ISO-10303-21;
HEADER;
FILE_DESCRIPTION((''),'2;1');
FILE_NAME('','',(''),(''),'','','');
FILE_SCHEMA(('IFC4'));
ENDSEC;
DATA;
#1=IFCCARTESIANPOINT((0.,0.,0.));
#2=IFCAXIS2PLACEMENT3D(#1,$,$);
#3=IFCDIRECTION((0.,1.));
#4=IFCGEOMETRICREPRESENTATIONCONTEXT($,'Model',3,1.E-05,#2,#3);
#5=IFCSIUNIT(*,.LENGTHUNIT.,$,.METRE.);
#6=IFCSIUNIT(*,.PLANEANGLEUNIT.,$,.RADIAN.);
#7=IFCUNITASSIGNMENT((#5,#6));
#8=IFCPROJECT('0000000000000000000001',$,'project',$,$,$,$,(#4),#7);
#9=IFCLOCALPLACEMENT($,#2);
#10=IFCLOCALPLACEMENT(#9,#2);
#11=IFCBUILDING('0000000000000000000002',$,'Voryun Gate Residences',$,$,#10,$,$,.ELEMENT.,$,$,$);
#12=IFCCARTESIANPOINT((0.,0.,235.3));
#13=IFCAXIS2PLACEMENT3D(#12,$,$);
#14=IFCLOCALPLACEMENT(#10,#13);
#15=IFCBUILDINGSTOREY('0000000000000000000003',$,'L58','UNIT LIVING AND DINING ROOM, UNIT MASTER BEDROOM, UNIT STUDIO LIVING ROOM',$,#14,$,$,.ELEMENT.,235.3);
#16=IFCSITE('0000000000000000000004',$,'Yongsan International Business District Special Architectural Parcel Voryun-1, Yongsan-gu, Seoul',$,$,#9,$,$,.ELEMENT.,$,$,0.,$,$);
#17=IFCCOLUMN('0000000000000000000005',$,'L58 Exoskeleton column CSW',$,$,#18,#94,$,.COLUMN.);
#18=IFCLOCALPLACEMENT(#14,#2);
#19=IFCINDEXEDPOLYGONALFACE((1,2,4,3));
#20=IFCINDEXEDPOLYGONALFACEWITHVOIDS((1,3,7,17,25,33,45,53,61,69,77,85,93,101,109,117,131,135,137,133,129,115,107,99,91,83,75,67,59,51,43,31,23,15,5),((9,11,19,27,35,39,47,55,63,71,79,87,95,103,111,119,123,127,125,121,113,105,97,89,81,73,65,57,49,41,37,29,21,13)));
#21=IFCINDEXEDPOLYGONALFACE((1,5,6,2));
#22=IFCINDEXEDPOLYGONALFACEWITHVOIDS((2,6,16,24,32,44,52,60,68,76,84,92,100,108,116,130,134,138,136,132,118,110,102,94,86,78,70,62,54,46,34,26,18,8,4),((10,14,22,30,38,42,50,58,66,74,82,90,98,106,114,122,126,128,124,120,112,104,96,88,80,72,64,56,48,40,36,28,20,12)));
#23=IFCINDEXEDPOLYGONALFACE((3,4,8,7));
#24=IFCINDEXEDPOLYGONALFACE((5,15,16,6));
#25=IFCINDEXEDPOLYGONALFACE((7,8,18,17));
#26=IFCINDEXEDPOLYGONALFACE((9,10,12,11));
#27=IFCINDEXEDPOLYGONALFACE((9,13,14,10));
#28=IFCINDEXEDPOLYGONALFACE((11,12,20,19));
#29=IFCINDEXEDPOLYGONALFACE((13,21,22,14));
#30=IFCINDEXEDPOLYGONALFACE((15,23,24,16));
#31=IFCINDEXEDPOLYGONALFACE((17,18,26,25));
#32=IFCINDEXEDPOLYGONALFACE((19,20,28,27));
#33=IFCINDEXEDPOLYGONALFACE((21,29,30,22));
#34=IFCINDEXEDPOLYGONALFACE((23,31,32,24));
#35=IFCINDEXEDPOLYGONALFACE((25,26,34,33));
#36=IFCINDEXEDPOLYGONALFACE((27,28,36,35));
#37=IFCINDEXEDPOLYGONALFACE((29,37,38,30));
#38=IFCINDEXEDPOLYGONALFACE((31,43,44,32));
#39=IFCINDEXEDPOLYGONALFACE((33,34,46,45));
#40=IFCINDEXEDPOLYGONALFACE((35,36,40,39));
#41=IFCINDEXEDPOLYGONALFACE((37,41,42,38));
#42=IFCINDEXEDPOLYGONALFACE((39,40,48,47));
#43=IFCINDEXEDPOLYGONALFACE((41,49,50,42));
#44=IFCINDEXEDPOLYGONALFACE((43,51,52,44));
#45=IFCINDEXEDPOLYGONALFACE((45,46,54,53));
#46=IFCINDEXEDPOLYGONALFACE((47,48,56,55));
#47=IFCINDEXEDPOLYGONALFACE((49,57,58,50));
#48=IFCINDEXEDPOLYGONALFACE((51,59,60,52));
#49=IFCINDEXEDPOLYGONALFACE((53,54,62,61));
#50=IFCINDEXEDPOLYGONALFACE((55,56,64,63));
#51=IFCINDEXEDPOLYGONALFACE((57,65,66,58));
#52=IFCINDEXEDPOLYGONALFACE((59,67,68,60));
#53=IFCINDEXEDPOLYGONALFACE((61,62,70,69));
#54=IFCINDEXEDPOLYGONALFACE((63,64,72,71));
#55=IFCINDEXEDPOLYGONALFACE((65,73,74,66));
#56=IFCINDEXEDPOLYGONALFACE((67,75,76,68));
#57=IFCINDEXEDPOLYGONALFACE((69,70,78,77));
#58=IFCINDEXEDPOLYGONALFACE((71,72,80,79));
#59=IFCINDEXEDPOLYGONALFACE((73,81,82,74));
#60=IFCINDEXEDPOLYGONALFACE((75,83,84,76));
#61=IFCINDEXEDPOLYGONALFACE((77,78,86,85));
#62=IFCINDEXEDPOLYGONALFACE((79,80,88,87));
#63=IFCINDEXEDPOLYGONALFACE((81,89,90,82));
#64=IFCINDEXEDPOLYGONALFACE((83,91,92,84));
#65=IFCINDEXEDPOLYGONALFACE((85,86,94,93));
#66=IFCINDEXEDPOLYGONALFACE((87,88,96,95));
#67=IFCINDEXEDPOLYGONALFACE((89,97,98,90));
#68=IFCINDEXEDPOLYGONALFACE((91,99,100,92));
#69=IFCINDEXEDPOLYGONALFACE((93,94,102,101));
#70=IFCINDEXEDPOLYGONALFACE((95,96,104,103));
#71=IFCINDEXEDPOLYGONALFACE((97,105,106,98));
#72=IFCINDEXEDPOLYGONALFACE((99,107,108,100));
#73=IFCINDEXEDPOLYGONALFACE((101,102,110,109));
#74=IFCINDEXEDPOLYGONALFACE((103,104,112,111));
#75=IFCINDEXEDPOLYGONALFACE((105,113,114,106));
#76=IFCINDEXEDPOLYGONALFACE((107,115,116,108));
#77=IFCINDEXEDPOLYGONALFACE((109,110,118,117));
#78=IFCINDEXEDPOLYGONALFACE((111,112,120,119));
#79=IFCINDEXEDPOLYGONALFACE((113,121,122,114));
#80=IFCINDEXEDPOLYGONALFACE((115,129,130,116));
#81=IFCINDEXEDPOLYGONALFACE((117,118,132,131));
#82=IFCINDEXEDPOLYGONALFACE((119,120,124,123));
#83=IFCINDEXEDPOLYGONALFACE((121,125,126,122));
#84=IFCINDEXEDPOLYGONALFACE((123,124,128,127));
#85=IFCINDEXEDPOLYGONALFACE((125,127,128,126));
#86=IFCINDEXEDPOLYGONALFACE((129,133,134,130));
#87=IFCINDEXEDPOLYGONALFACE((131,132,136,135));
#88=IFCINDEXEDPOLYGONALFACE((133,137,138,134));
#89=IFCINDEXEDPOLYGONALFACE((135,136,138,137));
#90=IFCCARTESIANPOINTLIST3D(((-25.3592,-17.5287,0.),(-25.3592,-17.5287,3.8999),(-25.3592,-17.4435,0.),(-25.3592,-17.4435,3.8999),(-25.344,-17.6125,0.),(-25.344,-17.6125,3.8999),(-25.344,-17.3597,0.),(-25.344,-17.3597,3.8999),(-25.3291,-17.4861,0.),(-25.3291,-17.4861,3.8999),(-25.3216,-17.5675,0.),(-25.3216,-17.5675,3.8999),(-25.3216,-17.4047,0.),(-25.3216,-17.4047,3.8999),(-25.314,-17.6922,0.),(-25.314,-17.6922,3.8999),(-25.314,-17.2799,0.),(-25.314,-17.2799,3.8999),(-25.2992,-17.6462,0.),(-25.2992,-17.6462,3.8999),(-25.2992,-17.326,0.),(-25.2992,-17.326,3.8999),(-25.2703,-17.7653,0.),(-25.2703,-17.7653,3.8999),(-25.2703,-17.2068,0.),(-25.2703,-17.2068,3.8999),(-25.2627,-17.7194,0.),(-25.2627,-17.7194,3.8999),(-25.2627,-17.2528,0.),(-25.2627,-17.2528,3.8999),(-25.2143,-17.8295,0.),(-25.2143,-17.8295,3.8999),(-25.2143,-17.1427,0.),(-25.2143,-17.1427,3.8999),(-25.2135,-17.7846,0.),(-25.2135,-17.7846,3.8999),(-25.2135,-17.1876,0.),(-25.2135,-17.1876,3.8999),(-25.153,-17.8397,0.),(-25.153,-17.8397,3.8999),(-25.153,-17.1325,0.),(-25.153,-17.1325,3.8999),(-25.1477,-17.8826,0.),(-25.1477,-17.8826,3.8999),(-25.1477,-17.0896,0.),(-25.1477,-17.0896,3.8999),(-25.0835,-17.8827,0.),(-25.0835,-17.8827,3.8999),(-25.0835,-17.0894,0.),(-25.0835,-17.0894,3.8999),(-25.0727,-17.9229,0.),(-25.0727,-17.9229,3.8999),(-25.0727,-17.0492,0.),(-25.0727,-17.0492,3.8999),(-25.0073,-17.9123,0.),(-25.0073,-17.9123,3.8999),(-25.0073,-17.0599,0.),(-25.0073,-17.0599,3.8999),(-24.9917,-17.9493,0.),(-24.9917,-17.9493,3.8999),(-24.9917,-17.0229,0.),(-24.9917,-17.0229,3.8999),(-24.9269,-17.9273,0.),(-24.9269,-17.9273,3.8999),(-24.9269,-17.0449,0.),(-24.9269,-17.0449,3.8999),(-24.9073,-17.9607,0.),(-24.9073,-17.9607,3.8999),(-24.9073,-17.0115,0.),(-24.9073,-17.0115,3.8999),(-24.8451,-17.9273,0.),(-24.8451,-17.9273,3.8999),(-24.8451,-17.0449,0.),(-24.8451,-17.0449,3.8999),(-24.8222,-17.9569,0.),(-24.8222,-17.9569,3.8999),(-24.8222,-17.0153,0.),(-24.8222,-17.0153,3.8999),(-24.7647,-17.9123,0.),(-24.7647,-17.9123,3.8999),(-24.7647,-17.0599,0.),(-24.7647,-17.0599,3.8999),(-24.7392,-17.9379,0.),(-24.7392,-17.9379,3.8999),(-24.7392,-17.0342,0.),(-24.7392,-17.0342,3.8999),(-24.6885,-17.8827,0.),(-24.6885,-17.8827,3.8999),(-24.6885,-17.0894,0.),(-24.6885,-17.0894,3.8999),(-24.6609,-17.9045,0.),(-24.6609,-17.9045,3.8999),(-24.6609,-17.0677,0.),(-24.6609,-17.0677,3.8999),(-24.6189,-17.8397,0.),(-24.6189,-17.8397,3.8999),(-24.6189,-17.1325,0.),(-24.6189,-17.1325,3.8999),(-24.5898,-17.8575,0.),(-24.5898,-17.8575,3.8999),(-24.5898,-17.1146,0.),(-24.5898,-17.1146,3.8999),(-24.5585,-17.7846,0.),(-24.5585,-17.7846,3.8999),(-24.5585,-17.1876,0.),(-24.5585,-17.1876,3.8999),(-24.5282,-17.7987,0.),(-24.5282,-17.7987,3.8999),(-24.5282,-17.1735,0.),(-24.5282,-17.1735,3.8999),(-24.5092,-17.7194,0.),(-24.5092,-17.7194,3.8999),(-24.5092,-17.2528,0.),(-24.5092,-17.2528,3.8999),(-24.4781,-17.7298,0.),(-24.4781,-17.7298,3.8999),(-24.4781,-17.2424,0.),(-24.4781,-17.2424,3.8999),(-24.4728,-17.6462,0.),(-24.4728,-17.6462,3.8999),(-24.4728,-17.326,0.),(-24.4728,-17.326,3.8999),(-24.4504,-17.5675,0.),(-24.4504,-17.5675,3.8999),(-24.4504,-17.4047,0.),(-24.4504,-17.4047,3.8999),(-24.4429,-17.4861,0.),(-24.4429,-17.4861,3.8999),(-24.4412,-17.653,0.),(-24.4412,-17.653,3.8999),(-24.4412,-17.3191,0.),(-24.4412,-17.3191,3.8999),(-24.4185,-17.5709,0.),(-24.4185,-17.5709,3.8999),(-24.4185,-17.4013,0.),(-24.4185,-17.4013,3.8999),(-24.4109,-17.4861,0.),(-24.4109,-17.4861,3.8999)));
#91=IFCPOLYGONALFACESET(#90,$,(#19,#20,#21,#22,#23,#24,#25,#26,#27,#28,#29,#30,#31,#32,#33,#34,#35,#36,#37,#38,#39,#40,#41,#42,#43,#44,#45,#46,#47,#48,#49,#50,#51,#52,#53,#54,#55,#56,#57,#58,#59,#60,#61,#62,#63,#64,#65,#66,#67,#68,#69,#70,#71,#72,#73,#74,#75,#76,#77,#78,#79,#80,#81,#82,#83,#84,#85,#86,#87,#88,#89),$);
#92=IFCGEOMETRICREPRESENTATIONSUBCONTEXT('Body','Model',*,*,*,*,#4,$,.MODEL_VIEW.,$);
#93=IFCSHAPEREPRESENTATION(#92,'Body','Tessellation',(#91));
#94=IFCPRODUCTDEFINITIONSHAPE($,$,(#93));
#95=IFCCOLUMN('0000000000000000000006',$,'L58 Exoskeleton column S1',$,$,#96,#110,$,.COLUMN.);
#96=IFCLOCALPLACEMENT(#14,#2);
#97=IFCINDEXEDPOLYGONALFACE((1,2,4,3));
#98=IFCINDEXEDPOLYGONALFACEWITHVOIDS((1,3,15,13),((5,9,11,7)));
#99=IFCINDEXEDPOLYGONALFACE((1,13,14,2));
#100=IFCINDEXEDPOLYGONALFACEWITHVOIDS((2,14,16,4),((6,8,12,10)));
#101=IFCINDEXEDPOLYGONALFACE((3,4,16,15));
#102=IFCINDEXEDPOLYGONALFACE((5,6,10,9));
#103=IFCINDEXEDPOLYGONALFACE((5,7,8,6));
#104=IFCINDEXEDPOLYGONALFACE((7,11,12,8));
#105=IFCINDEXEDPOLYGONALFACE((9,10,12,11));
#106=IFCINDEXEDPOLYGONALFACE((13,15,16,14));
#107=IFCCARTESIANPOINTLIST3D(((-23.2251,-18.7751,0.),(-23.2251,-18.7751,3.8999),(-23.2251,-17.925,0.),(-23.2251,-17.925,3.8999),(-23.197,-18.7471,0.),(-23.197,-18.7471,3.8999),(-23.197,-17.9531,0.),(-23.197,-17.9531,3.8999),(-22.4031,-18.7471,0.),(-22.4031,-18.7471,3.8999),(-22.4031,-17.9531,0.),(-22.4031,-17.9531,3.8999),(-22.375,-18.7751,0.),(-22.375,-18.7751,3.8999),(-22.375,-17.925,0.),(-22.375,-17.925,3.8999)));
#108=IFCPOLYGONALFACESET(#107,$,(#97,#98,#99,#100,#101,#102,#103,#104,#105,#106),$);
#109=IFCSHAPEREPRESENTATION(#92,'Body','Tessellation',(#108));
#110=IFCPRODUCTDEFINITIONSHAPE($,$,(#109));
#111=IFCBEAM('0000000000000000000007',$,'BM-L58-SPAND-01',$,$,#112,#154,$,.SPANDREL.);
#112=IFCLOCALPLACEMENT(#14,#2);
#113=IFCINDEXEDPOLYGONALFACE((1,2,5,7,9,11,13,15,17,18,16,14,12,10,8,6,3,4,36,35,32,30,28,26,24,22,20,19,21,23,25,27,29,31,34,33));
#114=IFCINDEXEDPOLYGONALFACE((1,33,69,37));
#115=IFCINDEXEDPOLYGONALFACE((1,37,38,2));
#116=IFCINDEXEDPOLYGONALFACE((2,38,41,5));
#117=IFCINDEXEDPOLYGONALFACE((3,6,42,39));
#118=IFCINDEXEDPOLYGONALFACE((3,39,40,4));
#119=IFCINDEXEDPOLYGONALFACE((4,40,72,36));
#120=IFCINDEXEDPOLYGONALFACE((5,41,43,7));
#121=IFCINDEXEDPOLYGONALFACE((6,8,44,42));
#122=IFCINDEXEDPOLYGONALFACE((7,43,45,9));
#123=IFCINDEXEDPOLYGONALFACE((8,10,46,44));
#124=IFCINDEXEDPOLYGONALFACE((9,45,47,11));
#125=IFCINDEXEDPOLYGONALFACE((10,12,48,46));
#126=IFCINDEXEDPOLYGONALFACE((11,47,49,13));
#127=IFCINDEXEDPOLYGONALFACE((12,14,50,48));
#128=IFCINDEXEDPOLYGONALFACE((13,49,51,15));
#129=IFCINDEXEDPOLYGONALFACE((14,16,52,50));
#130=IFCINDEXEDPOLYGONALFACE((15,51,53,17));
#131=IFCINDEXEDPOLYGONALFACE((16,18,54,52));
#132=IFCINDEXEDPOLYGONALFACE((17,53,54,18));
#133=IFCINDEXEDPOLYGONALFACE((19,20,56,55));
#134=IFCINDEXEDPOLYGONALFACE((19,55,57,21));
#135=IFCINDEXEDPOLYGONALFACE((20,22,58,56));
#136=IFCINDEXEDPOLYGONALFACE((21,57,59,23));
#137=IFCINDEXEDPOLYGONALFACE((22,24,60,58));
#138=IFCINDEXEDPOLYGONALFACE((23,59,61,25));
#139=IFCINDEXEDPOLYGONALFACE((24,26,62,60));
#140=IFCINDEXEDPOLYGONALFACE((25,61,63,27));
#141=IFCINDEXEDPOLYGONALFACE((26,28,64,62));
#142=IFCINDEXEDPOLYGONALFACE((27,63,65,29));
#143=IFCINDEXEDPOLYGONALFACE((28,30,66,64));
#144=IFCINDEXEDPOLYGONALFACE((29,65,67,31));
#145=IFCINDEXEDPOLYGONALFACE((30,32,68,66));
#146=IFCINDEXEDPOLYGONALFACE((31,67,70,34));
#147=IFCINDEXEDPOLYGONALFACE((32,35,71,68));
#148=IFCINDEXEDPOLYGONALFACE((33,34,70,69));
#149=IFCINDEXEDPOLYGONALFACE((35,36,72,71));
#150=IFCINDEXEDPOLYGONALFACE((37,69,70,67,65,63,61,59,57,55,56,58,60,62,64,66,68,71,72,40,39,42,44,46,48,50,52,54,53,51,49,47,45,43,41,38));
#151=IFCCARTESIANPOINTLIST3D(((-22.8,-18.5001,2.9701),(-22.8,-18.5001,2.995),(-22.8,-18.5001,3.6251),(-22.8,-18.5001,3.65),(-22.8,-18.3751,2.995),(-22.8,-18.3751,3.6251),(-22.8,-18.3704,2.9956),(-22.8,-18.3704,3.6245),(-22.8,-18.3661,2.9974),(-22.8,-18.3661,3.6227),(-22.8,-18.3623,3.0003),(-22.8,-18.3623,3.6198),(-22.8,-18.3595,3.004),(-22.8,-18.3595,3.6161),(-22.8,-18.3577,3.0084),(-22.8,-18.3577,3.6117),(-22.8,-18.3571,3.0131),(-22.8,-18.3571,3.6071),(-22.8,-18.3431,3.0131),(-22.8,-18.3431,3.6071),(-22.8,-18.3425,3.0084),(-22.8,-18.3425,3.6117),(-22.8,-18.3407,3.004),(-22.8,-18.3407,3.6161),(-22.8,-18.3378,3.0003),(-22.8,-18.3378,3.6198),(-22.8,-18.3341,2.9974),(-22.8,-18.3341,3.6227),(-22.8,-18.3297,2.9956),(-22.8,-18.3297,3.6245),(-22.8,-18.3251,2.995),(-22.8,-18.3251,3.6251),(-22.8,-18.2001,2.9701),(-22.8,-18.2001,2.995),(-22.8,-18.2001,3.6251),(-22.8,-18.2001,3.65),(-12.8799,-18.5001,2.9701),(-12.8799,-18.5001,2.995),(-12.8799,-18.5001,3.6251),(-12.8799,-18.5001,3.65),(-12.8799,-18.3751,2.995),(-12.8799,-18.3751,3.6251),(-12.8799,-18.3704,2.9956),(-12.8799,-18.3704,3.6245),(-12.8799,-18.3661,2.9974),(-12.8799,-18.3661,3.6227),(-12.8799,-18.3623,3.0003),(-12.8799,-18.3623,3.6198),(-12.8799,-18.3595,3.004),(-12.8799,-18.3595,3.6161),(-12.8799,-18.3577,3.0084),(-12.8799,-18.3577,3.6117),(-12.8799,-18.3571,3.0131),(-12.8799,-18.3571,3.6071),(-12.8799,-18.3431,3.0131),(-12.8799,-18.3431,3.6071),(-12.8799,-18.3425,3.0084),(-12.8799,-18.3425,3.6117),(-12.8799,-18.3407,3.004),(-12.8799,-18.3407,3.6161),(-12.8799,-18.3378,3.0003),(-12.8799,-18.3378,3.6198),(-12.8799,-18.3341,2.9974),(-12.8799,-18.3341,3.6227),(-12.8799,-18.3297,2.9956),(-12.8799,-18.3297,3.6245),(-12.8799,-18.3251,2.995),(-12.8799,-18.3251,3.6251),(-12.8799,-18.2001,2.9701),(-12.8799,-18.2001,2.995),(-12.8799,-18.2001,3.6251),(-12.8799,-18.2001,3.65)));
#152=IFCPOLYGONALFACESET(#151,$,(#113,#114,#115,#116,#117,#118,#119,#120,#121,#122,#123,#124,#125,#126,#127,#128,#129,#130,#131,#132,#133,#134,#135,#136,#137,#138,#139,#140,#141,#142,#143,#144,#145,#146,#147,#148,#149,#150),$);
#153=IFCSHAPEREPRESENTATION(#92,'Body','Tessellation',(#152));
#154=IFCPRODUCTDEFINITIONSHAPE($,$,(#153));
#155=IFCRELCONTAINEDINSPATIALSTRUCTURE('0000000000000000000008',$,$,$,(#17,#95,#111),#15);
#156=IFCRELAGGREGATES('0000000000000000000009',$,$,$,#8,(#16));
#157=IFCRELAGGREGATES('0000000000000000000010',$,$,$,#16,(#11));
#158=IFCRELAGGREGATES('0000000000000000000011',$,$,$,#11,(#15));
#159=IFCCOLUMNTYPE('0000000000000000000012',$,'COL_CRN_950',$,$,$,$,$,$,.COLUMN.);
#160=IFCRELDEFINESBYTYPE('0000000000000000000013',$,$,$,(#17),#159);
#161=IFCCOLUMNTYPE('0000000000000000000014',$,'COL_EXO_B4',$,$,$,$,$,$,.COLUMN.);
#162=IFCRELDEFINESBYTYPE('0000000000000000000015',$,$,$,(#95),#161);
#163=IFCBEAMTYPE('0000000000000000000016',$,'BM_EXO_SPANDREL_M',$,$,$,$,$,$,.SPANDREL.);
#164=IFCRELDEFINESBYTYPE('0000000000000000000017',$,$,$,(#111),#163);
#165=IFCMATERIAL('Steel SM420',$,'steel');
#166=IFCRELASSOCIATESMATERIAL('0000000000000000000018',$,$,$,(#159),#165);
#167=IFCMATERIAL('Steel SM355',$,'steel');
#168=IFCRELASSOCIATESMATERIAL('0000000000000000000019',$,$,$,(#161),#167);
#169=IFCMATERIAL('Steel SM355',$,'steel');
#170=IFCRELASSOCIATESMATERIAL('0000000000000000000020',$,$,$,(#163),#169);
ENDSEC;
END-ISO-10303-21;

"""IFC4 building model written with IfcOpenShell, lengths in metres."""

from ifc_helpers import new_model, si_unit, direction, frame, origin, origin_2d, place, context, subcontext, project, spatial, hollow_rectangle, hollow_circle, i_section, extrude, material, material_profile, profile_set, type_object, element, save


model = new_model("IFC4")

# Units and contexts
model_context = context("Model", 3, precision=1e-05, world=origin(), true_north=direction((0.0, 1.0)))
body_context = subcontext(model_context, "Body", "Model", "MODEL_VIEW")
ifc_project = project(units=[si_unit("LENGTHUNIT", "METRE"), si_unit("PLANEANGLEUNIT", "RADIAN")], contexts=[model_context])

# Site, building, storey
site_placement = place(None, origin())
site = spatial("IfcSite", under=ifc_project, at=site_placement, Name="Yongsan International Business District Special Architectural Parcel Voryun-1, Yongsan-gu, Seoul", CompositionType="ELEMENT", RefElevation=0.0)
building_placement = place(site_placement, origin())
building = spatial("IfcBuilding", under=site, at=building_placement, Name="Voryun Gate Residences", CompositionType="ELEMENT")
storey_placement = place(building_placement, frame((0.0, 0.0, 235.3)))
storey = spatial("IfcBuildingStorey", under=building, at=storey_placement, Name="L58", Description="UNIT LIVING AND DINING ROOM, UNIT MASTER BEDROOM, UNIT STUDIO LIVING ROOM", CompositionType="ELEMENT", Elevation=235.3)

# Columns
ifc_material_1 = material(Name="Steel SM420", Category="steel")
ifc_material_profile_1 = material_profile(ifc_material_1, hollow_circle(Radius=0.4751, WallThickness=0.032, at=origin_2d()), Name="CHS-950x32")
ifc_profile_set_1 = profile_set([ifc_material_profile_1], Name="Steel SM420")
column_type_1 = type_object("IfcColumnType", Name="COL_CRN_950", PredefinedType="COLUMN", material=ifc_profile_set_1)
column_1_placement = place(storey_placement, frame((-24.886, -17.4861, 0.0), z_axis=(0.0, 0.0, 1.0), x_axis=(1.0, 0.0, 0.0)))
element("IfcColumn", 1, at=column_1_placement, inside=storey, type_object=column_type_1, Name="L58 Exoskeleton column CSW", PredefinedType="COLUMN", context=body_context, shape_type="SweptSolid", body=[
    extrude(hollow_circle(Radius=0.4751, WallThickness=0.032, at=origin_2d()), origin(), (0.0, 0.0, 1.0), 3.8999),
])
ifc_material_2 = material(Name="Steel SM355", Category="steel")
ifc_material_profile_2 = material_profile(ifc_material_2, hollow_rectangle(XDim=0.8501, YDim=0.8501, WallThickness=0.0281, at=origin_2d()), Name="BOX-850x850x28")
ifc_profile_set_2 = profile_set([ifc_material_profile_2], Name="Steel SM355")
column_type_2 = type_object("IfcColumnType", Name="COL_EXO_B4", PredefinedType="COLUMN", material=ifc_profile_set_2)
column_2_placement = place(storey_placement, frame((-22.8, -18.3501, 0.0), z_axis=(0.0, 0.0, 1.0), x_axis=(1.0, 0.0, 0.0)))
element("IfcColumn", 2, at=column_2_placement, inside=storey, type_object=column_type_2, Name="L58 Exoskeleton column S1", PredefinedType="COLUMN", context=body_context, shape_type="SweptSolid", body=[
    extrude(hollow_rectangle(XDim=0.8501, YDim=0.8501, WallThickness=0.0281, at=origin_2d()), origin(), (0.0, 0.0, 1.0), 3.8999),
])

# Beam
ifc_material_3 = material(Name="Steel SM355", Category="steel")
ifc_material_profile_3 = material_profile(ifc_material_3, i_section(OverallWidth=0.3, OverallDepth=0.6799, WebThickness=0.0139, FlangeThickness=0.0249, FilletRadius=0.0181, at=origin_2d()), Name="H-680x300x14x25")
ifc_profile_set_3 = profile_set([ifc_material_profile_3], Name="Steel SM355")
beam_type = type_object("IfcBeamType", Name="BM_EXO_SPANDREL_M", PredefinedType="SPANDREL", material=ifc_profile_set_3)
beam_1_placement = place(storey_placement, frame((-22.8, -18.3501, 3.3101), z_axis=(1.0, 0.0, 0.0), x_axis=(0.0, 1.0, 0.0)))
element("IfcBeam", 3, at=beam_1_placement, inside=storey, type_object=beam_type, Name="BM-L58-SPAND-01", PredefinedType="SPANDREL", context=body_context, shape_type="SweptSolid", body=[
    extrude(i_section(OverallWidth=0.3, OverallDepth=0.6799, WebThickness=0.0139, FlangeThickness=0.0249, FilletRadius=0.0181, at=origin_2d()), origin(), (0.0, 0.0, 1.0), 9.9202),
])

save(model, "model.ifc")
